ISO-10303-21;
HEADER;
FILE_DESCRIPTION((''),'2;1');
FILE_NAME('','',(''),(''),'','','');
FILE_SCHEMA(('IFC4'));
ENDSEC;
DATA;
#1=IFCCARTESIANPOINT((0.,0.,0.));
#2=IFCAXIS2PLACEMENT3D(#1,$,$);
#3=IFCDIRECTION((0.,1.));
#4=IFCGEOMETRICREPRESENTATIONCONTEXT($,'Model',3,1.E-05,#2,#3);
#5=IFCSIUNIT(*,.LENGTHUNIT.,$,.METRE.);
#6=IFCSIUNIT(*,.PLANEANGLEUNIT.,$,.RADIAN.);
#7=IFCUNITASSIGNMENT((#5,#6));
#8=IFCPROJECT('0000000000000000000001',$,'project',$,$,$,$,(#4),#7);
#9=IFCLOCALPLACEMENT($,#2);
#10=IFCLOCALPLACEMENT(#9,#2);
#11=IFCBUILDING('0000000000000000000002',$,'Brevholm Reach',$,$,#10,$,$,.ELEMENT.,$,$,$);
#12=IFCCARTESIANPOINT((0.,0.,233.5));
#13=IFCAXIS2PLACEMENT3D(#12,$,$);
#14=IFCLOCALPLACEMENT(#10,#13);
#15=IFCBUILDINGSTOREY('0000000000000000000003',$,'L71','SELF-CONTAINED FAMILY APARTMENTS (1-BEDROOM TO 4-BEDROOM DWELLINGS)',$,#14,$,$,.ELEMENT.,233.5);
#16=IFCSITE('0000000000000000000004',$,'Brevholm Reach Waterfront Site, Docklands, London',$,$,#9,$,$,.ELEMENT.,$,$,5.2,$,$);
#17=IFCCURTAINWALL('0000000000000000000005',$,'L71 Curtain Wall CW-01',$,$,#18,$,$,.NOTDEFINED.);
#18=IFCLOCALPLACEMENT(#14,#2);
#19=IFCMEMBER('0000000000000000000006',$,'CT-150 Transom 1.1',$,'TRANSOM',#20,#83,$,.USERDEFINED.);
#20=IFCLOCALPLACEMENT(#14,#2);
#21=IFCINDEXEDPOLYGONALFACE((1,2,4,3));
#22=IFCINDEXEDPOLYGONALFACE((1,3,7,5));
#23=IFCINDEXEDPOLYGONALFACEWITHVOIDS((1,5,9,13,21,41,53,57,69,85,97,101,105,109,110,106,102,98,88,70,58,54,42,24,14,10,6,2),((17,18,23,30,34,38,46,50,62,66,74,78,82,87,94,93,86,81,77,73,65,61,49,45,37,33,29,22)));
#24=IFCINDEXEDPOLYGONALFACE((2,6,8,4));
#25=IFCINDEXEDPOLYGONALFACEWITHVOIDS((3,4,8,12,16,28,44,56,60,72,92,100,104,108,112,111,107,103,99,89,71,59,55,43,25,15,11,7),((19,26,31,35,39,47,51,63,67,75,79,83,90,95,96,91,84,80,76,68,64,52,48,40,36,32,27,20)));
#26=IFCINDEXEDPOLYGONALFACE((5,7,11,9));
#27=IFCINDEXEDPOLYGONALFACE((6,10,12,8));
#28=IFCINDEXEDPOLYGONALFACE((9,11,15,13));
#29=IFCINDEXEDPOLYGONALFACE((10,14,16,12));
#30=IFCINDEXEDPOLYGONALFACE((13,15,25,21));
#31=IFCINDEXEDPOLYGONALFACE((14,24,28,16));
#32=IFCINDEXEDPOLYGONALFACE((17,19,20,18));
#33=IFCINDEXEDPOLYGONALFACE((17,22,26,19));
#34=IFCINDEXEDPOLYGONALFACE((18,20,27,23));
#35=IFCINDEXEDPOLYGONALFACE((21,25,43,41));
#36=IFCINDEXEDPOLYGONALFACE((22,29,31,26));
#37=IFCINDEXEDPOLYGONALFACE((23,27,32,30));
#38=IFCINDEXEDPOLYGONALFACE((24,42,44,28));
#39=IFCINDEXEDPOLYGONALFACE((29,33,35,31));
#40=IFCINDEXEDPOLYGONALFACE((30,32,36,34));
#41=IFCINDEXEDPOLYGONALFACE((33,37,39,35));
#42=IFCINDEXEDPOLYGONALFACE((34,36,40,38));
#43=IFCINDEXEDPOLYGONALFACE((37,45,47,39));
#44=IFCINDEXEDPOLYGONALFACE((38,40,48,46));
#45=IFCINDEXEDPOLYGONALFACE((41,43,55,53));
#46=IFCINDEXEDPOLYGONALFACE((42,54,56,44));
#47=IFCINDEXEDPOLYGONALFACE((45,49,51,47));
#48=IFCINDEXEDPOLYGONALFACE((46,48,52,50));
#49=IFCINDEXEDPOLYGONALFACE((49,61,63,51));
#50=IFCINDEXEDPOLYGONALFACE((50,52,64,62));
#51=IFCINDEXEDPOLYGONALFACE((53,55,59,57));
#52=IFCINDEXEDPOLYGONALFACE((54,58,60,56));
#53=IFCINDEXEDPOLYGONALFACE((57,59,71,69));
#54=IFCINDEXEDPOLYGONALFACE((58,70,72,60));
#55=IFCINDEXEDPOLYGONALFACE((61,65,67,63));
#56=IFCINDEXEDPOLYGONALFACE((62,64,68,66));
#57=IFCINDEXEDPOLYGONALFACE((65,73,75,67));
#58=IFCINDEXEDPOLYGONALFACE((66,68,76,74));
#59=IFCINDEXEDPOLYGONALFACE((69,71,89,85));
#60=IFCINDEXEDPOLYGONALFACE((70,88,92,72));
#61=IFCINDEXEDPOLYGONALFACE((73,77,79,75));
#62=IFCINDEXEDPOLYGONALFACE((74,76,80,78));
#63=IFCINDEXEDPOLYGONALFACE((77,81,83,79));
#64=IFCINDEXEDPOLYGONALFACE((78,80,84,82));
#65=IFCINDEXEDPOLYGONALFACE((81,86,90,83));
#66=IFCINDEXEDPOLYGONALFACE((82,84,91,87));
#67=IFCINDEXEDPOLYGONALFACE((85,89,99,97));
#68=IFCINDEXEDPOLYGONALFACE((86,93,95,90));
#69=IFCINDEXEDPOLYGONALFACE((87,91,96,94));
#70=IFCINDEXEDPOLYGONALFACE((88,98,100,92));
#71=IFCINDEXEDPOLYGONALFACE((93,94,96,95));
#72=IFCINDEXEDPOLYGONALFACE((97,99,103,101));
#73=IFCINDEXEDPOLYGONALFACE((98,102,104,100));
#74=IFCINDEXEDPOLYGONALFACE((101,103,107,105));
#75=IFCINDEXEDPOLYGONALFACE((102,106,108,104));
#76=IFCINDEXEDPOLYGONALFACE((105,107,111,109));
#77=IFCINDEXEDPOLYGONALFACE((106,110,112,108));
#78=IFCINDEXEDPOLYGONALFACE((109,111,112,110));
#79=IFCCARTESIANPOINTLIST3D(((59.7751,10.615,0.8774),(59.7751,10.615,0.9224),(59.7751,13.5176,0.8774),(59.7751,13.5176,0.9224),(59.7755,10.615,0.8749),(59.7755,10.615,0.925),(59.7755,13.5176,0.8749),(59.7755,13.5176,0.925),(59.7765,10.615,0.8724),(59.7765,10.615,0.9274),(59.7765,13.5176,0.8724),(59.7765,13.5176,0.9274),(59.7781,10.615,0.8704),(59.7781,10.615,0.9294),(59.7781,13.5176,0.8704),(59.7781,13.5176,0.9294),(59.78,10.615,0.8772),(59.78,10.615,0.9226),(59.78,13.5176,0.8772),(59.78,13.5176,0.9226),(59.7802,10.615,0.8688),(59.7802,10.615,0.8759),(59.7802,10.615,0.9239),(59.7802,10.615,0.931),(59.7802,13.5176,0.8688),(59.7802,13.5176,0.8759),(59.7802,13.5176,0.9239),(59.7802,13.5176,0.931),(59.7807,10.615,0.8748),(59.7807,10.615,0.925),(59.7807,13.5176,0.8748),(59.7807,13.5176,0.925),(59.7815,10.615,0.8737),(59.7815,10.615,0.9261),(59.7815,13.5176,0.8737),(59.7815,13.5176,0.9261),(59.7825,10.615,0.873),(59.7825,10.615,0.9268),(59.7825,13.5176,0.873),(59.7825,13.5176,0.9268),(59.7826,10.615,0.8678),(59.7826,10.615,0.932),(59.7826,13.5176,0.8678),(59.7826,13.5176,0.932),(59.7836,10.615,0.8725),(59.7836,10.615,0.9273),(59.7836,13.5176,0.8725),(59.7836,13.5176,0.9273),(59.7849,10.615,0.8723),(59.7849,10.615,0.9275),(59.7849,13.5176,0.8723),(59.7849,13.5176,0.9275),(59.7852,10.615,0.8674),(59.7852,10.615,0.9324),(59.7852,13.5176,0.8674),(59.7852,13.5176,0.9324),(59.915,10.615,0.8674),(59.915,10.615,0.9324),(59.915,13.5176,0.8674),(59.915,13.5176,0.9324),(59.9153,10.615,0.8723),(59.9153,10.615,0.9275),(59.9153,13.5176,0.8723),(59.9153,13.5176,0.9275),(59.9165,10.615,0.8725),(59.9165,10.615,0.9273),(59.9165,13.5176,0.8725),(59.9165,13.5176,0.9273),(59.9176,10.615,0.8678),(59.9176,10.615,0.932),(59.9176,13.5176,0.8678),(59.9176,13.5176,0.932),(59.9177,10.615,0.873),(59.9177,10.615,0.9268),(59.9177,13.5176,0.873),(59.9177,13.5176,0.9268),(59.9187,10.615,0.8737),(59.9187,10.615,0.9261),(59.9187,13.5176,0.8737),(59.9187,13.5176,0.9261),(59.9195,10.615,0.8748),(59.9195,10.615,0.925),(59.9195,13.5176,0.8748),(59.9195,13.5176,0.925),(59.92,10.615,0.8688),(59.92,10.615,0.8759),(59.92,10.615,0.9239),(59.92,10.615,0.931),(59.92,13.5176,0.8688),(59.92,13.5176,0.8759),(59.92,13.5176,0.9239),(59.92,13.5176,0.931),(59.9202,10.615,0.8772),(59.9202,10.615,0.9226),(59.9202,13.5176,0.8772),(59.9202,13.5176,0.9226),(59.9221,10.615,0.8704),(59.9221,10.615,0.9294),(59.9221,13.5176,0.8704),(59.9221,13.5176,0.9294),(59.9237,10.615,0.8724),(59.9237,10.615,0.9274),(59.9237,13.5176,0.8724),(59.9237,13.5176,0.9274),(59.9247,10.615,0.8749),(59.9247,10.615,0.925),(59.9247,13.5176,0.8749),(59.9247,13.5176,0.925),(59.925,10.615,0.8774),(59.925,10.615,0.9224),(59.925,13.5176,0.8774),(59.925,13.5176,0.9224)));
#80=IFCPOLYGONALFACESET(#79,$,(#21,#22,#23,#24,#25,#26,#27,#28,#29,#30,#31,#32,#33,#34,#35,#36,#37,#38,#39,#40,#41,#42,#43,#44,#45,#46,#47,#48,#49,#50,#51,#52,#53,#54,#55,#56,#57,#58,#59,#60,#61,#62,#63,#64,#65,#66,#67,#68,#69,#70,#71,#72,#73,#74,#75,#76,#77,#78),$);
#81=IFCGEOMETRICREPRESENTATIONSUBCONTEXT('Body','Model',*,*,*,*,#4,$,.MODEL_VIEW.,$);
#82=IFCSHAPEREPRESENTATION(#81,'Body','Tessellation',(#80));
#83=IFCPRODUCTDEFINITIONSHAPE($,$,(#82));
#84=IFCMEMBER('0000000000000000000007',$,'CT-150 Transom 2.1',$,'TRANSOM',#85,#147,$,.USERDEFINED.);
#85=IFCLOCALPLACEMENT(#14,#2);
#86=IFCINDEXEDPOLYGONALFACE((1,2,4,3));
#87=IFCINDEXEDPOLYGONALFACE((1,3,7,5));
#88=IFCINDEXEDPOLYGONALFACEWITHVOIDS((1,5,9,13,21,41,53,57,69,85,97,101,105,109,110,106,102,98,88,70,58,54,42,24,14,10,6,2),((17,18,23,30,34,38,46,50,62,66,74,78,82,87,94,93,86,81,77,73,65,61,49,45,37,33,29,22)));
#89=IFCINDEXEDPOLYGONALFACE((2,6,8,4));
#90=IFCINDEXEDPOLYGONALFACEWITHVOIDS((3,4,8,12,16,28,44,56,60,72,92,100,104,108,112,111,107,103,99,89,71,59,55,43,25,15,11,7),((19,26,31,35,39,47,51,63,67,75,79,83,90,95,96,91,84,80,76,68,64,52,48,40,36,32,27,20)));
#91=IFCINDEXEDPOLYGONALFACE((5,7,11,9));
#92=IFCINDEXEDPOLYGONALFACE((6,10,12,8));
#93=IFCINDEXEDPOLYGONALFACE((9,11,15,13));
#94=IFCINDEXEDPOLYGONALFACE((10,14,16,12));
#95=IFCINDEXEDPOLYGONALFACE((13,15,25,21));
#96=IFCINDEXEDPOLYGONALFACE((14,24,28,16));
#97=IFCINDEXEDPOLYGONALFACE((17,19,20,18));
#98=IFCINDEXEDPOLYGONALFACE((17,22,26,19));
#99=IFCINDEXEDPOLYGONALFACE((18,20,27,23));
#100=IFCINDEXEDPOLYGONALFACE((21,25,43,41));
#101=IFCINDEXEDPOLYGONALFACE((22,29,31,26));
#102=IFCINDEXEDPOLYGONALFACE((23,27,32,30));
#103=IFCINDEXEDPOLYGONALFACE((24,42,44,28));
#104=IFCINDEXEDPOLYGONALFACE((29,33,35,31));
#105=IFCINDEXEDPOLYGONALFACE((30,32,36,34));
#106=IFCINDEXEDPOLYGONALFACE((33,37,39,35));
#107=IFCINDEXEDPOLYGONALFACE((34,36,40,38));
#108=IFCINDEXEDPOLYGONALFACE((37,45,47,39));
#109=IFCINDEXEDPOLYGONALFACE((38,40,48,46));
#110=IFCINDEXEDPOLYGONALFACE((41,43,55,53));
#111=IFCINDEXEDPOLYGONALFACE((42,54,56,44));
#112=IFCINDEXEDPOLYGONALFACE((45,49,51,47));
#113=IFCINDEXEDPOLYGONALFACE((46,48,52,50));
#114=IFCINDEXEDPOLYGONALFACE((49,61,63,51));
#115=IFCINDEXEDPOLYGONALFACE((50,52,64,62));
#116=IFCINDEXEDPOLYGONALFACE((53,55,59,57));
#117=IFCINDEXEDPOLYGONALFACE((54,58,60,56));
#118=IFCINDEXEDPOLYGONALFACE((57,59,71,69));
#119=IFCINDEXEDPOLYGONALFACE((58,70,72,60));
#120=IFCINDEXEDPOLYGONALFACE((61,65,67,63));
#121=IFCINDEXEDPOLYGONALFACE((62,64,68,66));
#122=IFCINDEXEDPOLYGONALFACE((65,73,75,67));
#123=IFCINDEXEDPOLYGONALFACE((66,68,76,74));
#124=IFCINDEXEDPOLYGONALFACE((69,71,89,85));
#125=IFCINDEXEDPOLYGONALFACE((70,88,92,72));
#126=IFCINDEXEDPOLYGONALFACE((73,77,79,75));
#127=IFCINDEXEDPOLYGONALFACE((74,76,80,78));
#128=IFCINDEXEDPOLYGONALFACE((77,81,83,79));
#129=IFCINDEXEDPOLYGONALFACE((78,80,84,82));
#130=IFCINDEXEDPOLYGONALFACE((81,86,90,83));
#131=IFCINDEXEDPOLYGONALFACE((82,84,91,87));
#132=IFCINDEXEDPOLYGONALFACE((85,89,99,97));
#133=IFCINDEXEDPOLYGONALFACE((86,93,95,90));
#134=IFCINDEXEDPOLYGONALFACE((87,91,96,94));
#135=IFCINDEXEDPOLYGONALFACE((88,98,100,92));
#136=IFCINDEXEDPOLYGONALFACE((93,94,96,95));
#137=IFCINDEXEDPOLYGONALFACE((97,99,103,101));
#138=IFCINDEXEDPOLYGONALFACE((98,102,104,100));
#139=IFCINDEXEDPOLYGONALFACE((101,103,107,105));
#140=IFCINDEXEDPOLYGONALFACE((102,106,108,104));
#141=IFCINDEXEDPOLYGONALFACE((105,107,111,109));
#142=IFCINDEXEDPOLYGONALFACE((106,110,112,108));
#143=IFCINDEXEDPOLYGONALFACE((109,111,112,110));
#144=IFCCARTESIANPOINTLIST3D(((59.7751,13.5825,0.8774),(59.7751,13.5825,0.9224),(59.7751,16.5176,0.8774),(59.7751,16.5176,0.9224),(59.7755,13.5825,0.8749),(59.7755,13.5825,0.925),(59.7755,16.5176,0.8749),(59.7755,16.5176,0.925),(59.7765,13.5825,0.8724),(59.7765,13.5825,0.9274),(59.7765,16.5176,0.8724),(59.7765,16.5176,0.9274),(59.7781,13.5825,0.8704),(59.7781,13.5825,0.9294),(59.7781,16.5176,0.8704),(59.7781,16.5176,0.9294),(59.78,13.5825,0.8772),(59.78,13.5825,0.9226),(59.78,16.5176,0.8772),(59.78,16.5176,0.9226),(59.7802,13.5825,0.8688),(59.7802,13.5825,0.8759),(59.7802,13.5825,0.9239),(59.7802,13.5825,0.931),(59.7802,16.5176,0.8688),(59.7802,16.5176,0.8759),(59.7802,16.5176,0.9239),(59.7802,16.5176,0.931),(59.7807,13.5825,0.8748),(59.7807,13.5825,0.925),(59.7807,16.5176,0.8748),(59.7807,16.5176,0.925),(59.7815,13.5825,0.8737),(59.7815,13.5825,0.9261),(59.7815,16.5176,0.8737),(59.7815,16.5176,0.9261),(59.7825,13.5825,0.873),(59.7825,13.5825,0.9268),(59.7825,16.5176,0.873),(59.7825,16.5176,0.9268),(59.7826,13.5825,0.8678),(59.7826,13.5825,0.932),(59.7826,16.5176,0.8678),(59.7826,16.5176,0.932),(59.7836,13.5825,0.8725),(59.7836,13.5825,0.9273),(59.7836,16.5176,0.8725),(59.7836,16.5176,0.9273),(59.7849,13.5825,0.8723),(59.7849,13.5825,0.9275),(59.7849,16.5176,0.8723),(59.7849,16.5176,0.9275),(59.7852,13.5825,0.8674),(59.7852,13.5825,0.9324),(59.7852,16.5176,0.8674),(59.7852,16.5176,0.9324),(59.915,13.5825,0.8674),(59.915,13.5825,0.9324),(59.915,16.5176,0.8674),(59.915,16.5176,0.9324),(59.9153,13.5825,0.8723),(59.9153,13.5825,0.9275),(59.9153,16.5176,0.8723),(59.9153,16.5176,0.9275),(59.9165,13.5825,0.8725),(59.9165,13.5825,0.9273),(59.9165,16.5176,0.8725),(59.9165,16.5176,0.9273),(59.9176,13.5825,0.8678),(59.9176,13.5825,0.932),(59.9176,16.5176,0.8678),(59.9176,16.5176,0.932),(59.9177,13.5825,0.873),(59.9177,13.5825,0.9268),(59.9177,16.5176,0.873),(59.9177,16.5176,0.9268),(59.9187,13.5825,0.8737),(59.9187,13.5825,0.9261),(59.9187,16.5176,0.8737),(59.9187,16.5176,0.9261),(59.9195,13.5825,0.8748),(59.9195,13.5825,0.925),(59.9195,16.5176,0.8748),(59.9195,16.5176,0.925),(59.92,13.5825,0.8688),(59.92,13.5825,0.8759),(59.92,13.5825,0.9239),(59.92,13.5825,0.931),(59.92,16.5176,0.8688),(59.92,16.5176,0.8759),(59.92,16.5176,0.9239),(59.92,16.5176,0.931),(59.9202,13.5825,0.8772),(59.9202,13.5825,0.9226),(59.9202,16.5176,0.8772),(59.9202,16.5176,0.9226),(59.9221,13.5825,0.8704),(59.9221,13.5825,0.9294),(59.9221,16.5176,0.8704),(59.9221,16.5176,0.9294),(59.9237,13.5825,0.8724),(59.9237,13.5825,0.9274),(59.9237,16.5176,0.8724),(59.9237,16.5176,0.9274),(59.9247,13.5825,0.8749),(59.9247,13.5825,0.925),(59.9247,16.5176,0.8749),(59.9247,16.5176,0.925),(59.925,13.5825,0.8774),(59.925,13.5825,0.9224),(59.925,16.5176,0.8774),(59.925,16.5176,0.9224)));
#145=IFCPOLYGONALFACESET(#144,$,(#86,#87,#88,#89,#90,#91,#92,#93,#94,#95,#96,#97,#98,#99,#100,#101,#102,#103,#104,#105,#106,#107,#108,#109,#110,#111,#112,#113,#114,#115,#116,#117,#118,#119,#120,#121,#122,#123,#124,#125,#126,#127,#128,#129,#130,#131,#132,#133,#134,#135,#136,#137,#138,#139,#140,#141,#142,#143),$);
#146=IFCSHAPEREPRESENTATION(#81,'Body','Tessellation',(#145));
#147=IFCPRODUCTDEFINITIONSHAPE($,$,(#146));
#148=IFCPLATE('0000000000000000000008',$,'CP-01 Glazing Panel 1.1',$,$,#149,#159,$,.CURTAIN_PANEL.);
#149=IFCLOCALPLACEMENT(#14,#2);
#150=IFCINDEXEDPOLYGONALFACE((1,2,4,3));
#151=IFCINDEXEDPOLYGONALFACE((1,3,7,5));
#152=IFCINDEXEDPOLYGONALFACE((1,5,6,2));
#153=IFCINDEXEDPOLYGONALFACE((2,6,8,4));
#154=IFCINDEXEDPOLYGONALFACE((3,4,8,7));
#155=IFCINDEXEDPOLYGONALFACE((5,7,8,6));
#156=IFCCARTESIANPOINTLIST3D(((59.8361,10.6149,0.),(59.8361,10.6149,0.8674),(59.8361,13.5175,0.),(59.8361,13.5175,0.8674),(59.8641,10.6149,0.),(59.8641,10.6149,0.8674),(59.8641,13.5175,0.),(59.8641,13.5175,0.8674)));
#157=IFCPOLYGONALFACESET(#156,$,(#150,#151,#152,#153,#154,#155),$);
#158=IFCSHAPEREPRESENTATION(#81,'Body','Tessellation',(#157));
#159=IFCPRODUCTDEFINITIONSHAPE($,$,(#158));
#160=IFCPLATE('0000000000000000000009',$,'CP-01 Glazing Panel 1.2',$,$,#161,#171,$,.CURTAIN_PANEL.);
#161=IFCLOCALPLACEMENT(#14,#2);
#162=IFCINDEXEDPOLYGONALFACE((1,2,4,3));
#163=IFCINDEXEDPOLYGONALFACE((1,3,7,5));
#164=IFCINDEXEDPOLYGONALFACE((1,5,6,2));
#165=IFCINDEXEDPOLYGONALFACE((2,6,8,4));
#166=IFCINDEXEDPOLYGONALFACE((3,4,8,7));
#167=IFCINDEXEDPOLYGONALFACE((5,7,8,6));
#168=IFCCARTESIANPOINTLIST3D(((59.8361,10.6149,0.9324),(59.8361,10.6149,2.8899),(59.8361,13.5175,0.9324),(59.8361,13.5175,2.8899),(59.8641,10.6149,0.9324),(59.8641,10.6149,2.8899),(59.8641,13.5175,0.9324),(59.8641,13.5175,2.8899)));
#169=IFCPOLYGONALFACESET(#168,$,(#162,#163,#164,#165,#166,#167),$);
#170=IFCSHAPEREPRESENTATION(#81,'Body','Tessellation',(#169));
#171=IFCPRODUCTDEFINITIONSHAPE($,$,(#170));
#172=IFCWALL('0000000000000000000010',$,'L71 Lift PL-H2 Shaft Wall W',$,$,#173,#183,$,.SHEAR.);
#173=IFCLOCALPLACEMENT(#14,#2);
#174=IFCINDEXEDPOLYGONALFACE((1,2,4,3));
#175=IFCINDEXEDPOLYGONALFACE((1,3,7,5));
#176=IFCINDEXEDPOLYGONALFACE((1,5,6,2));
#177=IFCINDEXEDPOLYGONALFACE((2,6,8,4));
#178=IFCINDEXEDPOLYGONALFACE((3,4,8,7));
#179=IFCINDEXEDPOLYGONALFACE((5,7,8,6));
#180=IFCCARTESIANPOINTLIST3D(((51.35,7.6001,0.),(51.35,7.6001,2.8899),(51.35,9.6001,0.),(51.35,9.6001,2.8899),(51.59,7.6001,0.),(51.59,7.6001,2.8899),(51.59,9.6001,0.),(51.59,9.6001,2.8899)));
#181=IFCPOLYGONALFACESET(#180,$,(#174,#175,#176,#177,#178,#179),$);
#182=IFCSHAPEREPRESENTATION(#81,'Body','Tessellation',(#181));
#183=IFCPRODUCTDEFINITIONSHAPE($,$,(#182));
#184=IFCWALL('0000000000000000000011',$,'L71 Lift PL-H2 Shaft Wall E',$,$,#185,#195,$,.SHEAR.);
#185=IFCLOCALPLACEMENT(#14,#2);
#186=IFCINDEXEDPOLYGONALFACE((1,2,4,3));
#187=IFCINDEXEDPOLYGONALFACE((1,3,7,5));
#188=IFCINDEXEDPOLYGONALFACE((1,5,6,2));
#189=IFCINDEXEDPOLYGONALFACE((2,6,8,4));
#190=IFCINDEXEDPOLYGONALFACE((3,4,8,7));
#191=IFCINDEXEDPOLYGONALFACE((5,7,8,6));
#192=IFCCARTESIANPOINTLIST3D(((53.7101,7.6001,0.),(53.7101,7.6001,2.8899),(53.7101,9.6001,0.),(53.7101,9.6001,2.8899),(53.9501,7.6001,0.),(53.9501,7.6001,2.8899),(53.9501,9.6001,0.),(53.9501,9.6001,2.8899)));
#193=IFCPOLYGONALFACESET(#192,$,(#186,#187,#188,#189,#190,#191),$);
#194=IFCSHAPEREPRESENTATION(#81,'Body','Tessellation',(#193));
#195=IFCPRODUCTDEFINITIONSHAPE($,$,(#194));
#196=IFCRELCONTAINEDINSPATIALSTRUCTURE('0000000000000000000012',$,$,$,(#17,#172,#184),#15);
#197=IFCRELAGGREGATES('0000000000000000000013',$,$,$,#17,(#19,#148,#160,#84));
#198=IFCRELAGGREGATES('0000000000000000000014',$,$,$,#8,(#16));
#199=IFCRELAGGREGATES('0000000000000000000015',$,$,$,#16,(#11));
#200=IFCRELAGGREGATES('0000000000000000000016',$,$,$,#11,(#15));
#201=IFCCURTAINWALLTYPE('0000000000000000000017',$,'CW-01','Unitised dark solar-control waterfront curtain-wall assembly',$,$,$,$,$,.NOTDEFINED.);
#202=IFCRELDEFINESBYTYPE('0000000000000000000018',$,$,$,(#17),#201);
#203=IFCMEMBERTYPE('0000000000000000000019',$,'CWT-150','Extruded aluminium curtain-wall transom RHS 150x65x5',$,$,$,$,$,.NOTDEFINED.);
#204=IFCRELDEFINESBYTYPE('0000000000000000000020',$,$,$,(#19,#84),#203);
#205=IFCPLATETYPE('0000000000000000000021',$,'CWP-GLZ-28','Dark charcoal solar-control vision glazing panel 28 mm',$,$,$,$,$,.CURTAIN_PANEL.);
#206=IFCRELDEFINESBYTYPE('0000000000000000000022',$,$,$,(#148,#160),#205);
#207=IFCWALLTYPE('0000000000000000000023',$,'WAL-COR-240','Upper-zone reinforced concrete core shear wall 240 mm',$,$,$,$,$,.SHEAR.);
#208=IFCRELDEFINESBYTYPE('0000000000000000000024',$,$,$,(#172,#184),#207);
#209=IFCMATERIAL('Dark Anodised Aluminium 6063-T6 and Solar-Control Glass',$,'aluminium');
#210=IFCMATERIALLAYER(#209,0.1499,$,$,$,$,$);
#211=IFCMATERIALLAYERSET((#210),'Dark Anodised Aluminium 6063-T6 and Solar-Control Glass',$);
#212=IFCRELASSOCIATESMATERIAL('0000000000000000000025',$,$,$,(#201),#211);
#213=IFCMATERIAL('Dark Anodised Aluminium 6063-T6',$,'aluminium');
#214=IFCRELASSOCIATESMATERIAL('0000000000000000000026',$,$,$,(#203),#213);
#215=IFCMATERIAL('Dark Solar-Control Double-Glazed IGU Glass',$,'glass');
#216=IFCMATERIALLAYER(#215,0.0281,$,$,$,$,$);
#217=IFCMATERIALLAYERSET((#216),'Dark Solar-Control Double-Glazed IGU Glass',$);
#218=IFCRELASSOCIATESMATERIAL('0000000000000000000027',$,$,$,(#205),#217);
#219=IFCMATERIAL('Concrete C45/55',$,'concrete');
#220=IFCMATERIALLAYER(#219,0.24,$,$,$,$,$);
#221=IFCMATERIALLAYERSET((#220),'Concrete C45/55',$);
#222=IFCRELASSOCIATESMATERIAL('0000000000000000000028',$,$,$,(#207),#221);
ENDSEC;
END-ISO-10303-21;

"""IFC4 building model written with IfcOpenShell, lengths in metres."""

from ifc_helpers import new_model, si_unit, direction, frame, frame_2d, origin, origin_2d, place, context, subcontext, project, spatial, rectangle, hollow_rectangle, extrude, material, layer, layer_set, material_profile, profile_set, type_object, element, aggregate, save


model = new_model("IFC4")

# Units and contexts
model_context = context("Model", 3, precision=1e-05, world=origin(), true_north=direction((0.0, 1.0)))
body_context = subcontext(model_context, "Body", "Model", "MODEL_VIEW")
ifc_project = project(units=[si_unit("LENGTHUNIT", "METRE"), si_unit("PLANEANGLEUNIT", "RADIAN")], contexts=[model_context])

# Site, building, storey
site_placement = place(None, origin())
site = spatial("IfcSite", under=ifc_project, at=site_placement, Name="Brevholm Reach Waterfront Site, Docklands, London", CompositionType="ELEMENT", RefElevation=5.2)
building_placement = place(site_placement, origin())
building = spatial("IfcBuilding", under=site, at=building_placement, Name="Brevholm Reach", CompositionType="ELEMENT")
storey_placement = place(building_placement, frame((0.0, 0.0, 233.5)))
storey = spatial("IfcBuildingStorey", under=building, at=storey_placement, Name="L71", Description="SELF-CONTAINED FAMILY APARTMENTS (1-BEDROOM TO 4-BEDROOM DWELLINGS)", CompositionType="ELEMENT", Elevation=233.5)

# Curtain wall, members, plates
ifc_material_1 = material(Name="Dark Anodised Aluminium 6063-T6 and Solar-Control Glass", Category="aluminium")
ifc_layer_1 = layer(ifc_material_1, 0.1499)
ifc_layer_set_1 = layer_set([ifc_layer_1], Name="Dark Anodised Aluminium 6063-T6 and Solar-Control Glass")
curtain_wall_type = type_object("IfcCurtainWallType", Name="CW-01", Description="Unitised dark solar-control waterfront curtain-wall assembly", PredefinedType="NOTDEFINED", material=ifc_layer_set_1)
curtain_wall_placement = place(storey_placement, origin())
curtain_wall = element("IfcCurtainWall", 1, at=curtain_wall_placement, inside=storey, type_object=curtain_wall_type, Name="L71 Curtain Wall CW-01", PredefinedType="NOTDEFINED")
ifc_material_2 = material(Name="Dark Anodised Aluminium 6063-T6", Category="aluminium")
ifc_material_profile_1 = material_profile(ifc_material_2, hollow_rectangle(XDim=0.0649, YDim=0.1499, WallThickness=0.0049, InnerFilletRadius=0.0049, OuterFilletRadius=0.01, at=origin_2d()), Name="RHS 150x65x5")
ifc_profile_set_1 = profile_set([ifc_material_profile_1], Name="Dark Anodised Aluminium 6063-T6")
member_type_1 = type_object("IfcMemberType", Name="CWT-150", Description="Extruded aluminium curtain-wall transom RHS 150x65x5", PredefinedType="NOTDEFINED", material=ifc_profile_set_1)
member_1_placement = place(storey_placement, frame((59.8501, 10.615, 0.8999), z_axis=(0.0, 1.0, 0.0), x_axis=(0.0, 0.0, 1.0)))
member_1 = element("IfcMember", 2, at=member_1_placement, type_object=member_type_1, Name="CT-150 Transom 1.1", ObjectType="TRANSOM", PredefinedType="USERDEFINED", context=body_context, shape_type="SweptSolid", body=[
    extrude(hollow_rectangle(XDim=0.0649, YDim=0.1499, WallThickness=0.0049, InnerFilletRadius=0.0049, OuterFilletRadius=0.01, at=origin_2d()), origin(), (0.0, 0.0, 1.0), 2.9026),
])
member_2_placement = place(storey_placement, frame((59.8501, 13.5825, 0.8999), z_axis=(0.0, 1.0, 0.0), x_axis=(0.0, 0.0, 1.0)))
member_2 = element("IfcMember", 3, at=member_2_placement, type_object=member_type_1, Name="CT-150 Transom 2.1", ObjectType="TRANSOM", PredefinedType="USERDEFINED", context=body_context, shape_type="SweptSolid", body=[
    extrude(hollow_rectangle(XDim=0.0649, YDim=0.1499, WallThickness=0.0049, InnerFilletRadius=0.0049, OuterFilletRadius=0.01, at=origin_2d()), origin(), (0.0, 0.0, 1.0), 2.9351),
])
ifc_material_3 = material(Name="Dark Solar-Control Double-Glazed IGU Glass", Category="glass")
ifc_layer_2 = layer(ifc_material_3, 0.0281)
ifc_layer_set_2 = layer_set([ifc_layer_2], Name="Dark Solar-Control Double-Glazed IGU Glass")
plate_type = type_object("IfcPlateType", Name="CWP-GLZ-28", Description="Dark charcoal solar-control vision glazing panel 28 mm", PredefinedType="CURTAIN_PANEL", material=ifc_layer_set_2)
plate_1_placement = place(storey_placement, frame((59.8501, 12.0662, 0.0), z_axis=(0.0, 0.0, 1.0), x_axis=(0.0, 1.0, 0.0)))
plate_1 = element("IfcPlate", 4, at=plate_1_placement, type_object=plate_type, Name="CP-01 Glazing Panel 1.1", PredefinedType="CURTAIN_PANEL", context=body_context, shape_type="SweptSolid", body=[
    extrude(rectangle(XDim=2.9026, YDim=0.0281, at=origin_2d()), origin(), (0.0, 0.0, 1.0), 0.8674),
])
plate_2_placement = place(storey_placement, frame((59.8501, 12.0662, 0.9324), z_axis=(0.0, 0.0, 1.0), x_axis=(0.0, 1.0, 0.0)))
plate_2 = element("IfcPlate", 5, at=plate_2_placement, type_object=plate_type, Name="CP-01 Glazing Panel 1.2", PredefinedType="CURTAIN_PANEL", context=body_context, shape_type="SweptSolid", body=[
    extrude(rectangle(XDim=2.9026, YDim=0.0281, at=origin_2d()), origin(), (0.0, 0.0, 1.0), 1.9575),
])
aggregate(curtain_wall, [member_1, plate_1, plate_2, member_2])

# Walls
ifc_material_4 = material(Name="Concrete C45/55", Category="concrete")
ifc_layer_3 = layer(ifc_material_4, 0.24)
ifc_layer_set_3 = layer_set([ifc_layer_3], Name="Concrete C45/55")
wall_type_1 = type_object("IfcWallType", Name="WAL-COR-240", Description="Upper-zone reinforced concrete core shear wall 240 mm", PredefinedType="SHEAR", material=ifc_layer_set_3)
for number, where, z_axis, x_axis, name in (
    (6, (51.47, 7.6001, 0.0), (0.0, 0.0, 1.0), (0.0, 1.0, 0.0), "L71 Lift PL-H2 Shaft Wall W"),
    (7, (53.8301, 7.6001, 0.0), (0.0, 0.0, 1.0), (0.0, 1.0, 0.0), "L71 Lift PL-H2 Shaft Wall E"),
):
    element("IfcWall", number, at=place(storey_placement, frame(where, z_axis=z_axis, x_axis=x_axis)), inside=storey, type_object=wall_type_1, Name=name, PredefinedType="SHEAR", context=body_context, shape_type="SweptSolid", body=[
        extrude(rectangle(XDim=2.0, YDim=0.24, at=frame_2d((1.0, 0.0))), origin(), (0.0, 0.0, 1.0), 2.8899),
    ])

save(model, "model.ifc")
